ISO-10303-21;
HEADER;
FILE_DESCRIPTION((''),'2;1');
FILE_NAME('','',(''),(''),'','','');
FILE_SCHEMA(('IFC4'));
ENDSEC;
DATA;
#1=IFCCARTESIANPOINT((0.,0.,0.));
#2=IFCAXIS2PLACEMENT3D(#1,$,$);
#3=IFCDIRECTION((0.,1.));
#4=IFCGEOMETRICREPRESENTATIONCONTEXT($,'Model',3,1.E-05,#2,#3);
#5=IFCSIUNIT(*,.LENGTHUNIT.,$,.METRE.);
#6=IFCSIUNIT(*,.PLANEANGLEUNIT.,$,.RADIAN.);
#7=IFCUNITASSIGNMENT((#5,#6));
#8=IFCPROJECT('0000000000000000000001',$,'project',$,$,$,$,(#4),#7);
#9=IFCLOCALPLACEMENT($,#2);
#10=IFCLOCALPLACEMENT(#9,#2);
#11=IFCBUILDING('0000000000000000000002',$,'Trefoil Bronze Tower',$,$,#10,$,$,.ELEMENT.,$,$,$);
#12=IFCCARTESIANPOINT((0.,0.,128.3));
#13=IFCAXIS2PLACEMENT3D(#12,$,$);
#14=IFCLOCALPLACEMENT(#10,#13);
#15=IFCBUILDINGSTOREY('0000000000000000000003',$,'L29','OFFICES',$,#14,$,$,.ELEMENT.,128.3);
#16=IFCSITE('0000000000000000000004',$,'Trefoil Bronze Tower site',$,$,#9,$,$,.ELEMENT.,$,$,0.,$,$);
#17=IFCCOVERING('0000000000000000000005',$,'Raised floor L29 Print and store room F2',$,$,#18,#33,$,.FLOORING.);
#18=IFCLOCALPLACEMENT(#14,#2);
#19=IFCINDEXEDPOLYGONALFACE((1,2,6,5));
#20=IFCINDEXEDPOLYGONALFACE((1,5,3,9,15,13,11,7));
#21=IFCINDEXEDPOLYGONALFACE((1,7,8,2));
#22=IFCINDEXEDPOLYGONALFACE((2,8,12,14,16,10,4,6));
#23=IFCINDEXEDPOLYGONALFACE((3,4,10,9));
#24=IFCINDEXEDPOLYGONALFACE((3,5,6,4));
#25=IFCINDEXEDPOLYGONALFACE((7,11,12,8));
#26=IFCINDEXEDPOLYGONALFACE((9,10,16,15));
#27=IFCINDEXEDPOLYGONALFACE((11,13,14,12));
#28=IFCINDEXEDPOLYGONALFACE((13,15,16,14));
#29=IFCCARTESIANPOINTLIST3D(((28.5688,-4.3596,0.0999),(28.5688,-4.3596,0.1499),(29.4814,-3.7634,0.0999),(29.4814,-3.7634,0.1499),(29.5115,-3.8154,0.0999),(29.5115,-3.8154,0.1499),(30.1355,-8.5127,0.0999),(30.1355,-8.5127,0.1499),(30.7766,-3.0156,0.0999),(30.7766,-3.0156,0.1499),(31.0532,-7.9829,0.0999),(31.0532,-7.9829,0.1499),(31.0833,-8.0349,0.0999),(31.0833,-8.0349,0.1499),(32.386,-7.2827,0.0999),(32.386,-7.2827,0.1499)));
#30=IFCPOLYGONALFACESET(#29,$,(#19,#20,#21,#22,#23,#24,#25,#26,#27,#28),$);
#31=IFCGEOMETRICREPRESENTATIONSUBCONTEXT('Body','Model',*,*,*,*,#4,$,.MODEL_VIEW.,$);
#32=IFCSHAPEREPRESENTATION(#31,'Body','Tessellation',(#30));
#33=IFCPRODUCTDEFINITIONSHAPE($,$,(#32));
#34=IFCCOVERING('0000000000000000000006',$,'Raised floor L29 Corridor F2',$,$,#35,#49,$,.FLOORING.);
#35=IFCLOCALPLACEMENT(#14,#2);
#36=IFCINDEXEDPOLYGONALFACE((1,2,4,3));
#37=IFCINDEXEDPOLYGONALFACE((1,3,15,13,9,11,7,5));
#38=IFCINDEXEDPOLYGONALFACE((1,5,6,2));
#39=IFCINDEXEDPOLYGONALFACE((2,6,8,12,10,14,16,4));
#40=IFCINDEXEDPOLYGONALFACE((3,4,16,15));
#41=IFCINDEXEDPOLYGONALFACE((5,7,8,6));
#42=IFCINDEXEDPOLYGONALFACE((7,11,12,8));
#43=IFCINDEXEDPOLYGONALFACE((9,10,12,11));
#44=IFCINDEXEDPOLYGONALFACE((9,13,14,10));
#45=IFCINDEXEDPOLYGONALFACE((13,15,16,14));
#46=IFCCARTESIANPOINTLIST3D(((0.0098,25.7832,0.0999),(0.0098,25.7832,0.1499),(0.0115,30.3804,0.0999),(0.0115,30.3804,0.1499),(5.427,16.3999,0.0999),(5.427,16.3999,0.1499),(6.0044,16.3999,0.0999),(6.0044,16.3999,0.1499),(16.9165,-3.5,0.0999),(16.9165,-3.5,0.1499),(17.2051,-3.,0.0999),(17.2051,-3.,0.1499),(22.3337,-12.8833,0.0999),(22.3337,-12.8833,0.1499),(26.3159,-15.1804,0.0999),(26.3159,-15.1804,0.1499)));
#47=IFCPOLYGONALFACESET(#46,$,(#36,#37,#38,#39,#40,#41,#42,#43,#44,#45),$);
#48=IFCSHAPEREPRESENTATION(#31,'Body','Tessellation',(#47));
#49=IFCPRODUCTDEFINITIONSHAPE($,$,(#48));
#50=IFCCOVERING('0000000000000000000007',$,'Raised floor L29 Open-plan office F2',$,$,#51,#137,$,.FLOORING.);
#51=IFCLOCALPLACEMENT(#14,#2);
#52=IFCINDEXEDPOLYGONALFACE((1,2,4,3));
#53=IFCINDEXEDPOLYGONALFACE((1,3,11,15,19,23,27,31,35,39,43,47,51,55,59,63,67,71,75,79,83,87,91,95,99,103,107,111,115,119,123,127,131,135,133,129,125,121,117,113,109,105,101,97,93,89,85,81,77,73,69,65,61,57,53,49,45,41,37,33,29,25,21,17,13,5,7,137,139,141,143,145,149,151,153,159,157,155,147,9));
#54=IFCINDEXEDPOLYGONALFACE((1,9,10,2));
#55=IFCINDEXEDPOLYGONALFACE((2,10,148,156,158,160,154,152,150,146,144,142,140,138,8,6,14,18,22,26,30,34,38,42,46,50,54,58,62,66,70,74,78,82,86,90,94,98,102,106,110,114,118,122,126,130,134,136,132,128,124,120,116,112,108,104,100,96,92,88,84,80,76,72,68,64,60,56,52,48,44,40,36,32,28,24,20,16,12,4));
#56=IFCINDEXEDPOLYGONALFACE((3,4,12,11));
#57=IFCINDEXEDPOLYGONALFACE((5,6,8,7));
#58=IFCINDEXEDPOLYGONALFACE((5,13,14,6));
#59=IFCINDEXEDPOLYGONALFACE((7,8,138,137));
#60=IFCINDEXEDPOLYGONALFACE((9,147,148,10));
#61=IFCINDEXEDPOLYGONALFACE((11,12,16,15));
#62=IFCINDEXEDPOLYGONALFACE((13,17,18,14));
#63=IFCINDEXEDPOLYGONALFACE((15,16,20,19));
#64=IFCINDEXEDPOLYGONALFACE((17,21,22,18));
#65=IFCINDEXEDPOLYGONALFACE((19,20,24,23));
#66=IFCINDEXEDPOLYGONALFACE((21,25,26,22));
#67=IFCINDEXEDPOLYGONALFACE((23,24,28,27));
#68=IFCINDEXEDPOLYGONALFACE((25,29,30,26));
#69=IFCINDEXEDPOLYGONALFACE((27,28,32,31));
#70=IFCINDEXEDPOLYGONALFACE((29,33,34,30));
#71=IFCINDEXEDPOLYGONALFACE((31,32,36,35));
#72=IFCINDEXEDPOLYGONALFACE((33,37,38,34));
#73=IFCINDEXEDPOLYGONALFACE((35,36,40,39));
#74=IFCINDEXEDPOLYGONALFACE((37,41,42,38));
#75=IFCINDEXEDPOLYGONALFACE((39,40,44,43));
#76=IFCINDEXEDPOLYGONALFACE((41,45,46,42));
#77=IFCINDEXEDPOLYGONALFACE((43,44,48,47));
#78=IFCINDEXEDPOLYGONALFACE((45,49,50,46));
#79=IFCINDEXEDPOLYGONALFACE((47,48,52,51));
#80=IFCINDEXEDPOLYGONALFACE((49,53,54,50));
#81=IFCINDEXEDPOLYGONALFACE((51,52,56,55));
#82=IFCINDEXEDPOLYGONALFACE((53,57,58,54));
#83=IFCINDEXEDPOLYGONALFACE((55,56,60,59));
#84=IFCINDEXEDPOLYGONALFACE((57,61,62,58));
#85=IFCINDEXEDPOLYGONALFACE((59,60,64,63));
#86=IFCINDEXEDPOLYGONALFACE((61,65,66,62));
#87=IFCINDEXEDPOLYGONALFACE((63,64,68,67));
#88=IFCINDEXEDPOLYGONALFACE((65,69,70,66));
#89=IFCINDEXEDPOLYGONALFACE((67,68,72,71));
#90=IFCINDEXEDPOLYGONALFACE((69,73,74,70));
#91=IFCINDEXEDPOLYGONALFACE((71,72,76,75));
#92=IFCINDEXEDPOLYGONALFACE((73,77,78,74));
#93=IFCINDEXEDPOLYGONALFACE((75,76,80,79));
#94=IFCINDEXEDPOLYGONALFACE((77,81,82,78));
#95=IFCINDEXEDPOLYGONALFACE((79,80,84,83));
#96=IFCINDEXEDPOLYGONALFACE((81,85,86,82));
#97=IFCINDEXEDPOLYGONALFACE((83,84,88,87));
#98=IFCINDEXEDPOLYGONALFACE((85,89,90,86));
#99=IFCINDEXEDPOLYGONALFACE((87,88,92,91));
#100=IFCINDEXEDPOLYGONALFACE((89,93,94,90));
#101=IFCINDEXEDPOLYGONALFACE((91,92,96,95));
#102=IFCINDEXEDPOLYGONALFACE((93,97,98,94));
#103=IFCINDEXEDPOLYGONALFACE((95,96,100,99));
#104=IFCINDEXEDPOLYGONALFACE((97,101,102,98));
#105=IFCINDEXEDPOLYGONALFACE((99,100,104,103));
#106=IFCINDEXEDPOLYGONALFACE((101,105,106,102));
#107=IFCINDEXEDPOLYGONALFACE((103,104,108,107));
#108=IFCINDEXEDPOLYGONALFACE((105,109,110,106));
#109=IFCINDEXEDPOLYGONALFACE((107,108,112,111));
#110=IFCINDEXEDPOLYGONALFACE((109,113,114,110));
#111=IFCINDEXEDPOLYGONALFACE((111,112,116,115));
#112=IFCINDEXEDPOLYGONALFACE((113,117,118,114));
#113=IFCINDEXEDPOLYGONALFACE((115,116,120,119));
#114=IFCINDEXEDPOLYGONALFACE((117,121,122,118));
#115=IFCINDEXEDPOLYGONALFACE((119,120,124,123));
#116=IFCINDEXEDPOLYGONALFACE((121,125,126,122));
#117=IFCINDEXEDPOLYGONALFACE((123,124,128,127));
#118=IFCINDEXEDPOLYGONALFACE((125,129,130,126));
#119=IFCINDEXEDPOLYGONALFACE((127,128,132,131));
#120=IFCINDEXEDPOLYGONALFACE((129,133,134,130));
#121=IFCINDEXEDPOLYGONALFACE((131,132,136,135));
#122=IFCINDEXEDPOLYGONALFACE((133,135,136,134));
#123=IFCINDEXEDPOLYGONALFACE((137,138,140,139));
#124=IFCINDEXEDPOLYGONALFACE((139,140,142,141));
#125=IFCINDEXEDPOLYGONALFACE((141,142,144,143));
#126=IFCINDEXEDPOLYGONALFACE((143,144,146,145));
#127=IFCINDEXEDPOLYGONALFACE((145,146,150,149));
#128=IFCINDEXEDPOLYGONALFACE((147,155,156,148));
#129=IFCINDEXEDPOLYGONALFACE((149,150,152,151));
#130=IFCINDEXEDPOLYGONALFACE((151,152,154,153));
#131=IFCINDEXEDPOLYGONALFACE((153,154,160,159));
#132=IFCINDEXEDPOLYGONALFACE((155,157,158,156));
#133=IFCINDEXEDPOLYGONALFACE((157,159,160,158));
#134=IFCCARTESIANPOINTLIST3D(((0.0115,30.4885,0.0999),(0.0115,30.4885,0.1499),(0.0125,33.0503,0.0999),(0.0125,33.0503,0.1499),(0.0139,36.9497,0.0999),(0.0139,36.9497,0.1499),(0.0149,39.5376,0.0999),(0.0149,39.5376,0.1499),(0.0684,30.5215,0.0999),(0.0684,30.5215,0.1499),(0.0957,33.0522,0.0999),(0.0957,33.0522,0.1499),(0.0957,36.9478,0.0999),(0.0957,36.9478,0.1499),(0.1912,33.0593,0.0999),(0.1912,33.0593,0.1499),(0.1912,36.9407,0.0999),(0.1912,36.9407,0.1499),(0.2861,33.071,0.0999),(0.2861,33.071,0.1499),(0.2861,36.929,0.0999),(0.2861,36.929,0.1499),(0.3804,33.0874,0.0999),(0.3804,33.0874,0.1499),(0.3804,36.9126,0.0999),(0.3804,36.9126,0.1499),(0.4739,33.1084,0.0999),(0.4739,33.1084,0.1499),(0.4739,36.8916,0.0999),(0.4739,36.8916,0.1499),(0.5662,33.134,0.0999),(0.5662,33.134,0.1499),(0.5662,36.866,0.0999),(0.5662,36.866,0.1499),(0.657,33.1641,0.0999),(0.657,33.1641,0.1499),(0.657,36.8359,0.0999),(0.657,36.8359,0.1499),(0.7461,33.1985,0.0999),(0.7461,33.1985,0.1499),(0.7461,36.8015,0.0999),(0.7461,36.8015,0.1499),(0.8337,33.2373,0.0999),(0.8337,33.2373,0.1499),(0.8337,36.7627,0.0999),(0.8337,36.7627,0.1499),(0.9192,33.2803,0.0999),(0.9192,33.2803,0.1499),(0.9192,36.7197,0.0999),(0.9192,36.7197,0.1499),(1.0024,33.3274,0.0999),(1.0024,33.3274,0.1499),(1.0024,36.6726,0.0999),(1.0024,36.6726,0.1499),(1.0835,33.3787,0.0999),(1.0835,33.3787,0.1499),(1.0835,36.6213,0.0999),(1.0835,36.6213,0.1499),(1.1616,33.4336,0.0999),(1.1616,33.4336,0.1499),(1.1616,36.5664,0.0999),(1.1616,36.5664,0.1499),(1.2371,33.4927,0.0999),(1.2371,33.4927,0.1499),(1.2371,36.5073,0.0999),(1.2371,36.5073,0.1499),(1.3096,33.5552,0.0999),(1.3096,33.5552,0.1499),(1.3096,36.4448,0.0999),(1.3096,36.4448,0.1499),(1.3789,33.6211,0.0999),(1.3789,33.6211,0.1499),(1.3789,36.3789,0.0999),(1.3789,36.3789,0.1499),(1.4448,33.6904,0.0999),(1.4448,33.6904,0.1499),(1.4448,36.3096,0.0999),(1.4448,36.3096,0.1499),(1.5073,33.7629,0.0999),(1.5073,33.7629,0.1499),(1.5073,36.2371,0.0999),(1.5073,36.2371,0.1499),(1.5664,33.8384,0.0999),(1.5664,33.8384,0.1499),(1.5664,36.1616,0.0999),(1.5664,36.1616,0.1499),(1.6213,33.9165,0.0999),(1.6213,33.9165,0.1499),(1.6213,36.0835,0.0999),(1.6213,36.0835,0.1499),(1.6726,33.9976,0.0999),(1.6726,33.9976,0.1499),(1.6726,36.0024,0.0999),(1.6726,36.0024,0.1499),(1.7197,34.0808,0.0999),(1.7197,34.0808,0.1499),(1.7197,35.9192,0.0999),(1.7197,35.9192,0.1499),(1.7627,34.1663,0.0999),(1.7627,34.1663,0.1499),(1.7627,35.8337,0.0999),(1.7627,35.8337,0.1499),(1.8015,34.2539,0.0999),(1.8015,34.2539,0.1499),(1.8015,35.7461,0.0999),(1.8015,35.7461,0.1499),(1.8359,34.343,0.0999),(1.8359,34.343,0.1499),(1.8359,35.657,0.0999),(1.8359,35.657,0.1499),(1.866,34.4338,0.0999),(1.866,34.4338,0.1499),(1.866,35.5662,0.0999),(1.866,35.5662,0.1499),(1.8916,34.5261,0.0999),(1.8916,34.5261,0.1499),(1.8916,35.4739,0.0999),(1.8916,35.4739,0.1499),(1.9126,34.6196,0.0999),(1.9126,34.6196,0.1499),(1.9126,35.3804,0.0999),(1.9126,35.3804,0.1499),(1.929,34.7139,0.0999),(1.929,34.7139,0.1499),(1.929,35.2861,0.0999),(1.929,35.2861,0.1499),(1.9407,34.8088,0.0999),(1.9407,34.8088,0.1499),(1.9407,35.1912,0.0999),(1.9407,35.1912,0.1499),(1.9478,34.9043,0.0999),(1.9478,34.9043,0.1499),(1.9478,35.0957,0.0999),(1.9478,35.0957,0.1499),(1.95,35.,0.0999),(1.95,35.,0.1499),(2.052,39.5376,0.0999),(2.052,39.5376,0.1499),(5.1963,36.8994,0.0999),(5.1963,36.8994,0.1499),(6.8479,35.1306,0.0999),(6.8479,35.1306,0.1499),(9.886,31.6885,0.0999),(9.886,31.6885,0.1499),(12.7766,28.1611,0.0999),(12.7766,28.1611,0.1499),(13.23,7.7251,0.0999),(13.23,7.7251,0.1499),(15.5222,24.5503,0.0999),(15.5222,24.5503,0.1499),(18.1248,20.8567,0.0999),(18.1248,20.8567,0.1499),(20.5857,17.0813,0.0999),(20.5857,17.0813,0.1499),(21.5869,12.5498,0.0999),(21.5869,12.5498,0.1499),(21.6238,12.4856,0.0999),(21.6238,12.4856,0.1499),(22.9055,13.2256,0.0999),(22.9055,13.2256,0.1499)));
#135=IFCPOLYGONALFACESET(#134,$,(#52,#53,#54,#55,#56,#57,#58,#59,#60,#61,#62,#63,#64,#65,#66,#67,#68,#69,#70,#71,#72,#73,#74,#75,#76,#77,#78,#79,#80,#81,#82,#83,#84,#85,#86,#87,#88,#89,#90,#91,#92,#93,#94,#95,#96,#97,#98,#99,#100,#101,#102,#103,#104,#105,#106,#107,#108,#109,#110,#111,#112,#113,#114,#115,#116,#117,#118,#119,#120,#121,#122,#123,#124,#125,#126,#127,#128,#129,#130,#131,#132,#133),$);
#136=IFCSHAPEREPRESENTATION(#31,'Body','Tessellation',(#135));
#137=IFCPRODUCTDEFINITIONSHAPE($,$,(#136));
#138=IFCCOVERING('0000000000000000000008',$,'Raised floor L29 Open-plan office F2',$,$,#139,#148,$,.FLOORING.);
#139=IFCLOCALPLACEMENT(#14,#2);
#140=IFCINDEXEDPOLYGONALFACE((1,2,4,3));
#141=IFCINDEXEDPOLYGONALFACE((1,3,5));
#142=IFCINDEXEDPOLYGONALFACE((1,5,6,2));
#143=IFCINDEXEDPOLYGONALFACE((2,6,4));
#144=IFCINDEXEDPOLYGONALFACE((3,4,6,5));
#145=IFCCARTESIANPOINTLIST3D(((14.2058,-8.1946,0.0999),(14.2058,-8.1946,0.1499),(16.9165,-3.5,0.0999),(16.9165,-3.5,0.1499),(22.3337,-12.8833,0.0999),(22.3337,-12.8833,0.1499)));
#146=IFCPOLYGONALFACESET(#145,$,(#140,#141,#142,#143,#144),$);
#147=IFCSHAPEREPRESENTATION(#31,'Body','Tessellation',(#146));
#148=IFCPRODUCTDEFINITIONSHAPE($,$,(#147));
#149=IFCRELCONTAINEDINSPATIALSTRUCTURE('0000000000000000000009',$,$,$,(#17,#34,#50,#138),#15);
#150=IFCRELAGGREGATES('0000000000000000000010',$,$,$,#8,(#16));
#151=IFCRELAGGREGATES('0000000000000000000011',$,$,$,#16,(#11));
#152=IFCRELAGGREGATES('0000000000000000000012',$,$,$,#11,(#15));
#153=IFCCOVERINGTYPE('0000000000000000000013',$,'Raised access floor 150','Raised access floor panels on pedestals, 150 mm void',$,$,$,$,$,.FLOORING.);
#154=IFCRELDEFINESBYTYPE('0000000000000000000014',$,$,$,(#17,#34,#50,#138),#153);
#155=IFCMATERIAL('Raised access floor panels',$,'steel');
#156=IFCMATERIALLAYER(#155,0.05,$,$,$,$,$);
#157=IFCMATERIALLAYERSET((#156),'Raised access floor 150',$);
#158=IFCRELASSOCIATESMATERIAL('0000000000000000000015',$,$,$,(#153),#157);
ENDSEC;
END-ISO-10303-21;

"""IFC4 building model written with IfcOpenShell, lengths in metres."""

from ifc_helpers import new_model, si_unit, direction, frame, origin, place, context, subcontext, project, spatial, polyline, outline, extrude, material, layer, layer_set, type_object, element, save


model = new_model("IFC4")

# Units and contexts
model_context = context("Model", 3, precision=1e-05, world=origin(), true_north=direction((0.0, 1.0)))
body_context = subcontext(model_context, "Body", "Model", "MODEL_VIEW")
ifc_project = project(units=[si_unit("LENGTHUNIT", "METRE"), si_unit("PLANEANGLEUNIT", "RADIAN")], contexts=[model_context])

# Site, building, storey
site_placement = place(None, origin())
site = spatial("IfcSite", under=ifc_project, at=site_placement, Name="Trefoil Bronze Tower site", CompositionType="ELEMENT", RefElevation=0.0)
building_placement = place(site_placement, origin())
building = spatial("IfcBuilding", under=site, at=building_placement, Name="Trefoil Bronze Tower", CompositionType="ELEMENT")
storey_placement = place(building_placement, frame((0.0, 0.0, 128.3)))
storey = spatial("IfcBuildingStorey", under=building, at=storey_placement, Name="L29", Description="OFFICES", CompositionType="ELEMENT", Elevation=128.3)

# Coverings
ifc_material_1 = material(Name="Raised access floor panels", Category="steel")
ifc_layer_1 = layer(ifc_material_1, 0.05)
ifc_layer_set_1 = layer_set([ifc_layer_1], Name="Raised access floor 150")
covering_type_1 = type_object("IfcCoveringType", Name="Raised access floor 150", Description="Raised access floor panels on pedestals, 150 mm void", PredefinedType="FLOORING", material=ifc_layer_set_1)
covering_1_placement = place(storey_placement, frame((0.0, 0.0, 0.0999)))
element("IfcCovering", 1, at=covering_1_placement, inside=storey, type_object=covering_type_1, Name="Raised floor L29 Print and store room F2", PredefinedType="FLOORING", context=body_context, shape_type="SweptSolid", body=[
    extrude(outline(polyline([(30.7766, -3.0156), (32.386, -7.2827), (31.0833, -8.0349), (31.0532, -7.9829), (30.1355, -8.5127), (28.5688, -4.3596), (29.5115, -3.8154), (29.4814, -3.7634), (30.7766, -3.0156)])), origin(), (0.0, 0.0, 1.0), 0.05),
])
covering_2_placement = place(storey_placement, frame((0.0, 0.0, 0.0999)))
element("IfcCovering", 2, at=covering_2_placement, inside=storey, type_object=covering_type_1, Name="Raised floor L29 Corridor F2", PredefinedType="FLOORING", context=body_context, shape_type="SweptSolid", body=[
    extrude(outline(polyline([(26.3159, -15.1804), (22.3337, -12.8833), (16.9165, -3.5), (17.2051, -3.0), (6.0044, 16.3999), (5.427, 16.3999), (0.0098, 25.7832), (0.0115, 30.3804), (26.3159, -15.1804)])), origin(), (0.0, 0.0, 1.0), 0.05),
])
covering_3_placement = place(storey_placement, frame((0.0, 0.0, 0.0999)))
element("IfcCovering", 3, at=covering_3_placement, inside=storey, type_object=covering_type_1, Name="Raised floor L29 Open-plan office F2", PredefinedType="FLOORING", context=body_context, shape_type="SweptSolid", body=[
    extrude(outline(polyline([(15.5222, 24.5503), (18.1248, 20.8567), (20.5857, 17.0813), (22.9055, 13.2256), (21.6238, 12.4856), (21.5869, 12.5498), (13.23, 7.7251), (0.0684, 30.5215), (0.0115, 30.4885), (0.0125, 33.0503), (0.0957, 33.0522), (0.1912, 33.0593), (0.2861, 33.071), (0.3804, 33.0874), (0.4739, 33.1084), (0.5662, 33.134), (0.657, 33.1641), (0.7461, 33.1985), (0.8337, 33.2373), (0.9192, 33.2803), (1.0024, 33.3274), (1.0835, 33.3787), (1.1616, 33.4336), (1.2371, 33.4927), (1.3096, 33.5552), (1.3789, 33.6211), (1.4448, 33.6904), (1.5073, 33.7629), (1.5664, 33.8384), (1.6213, 33.9165), (1.6726, 33.9976), (1.7197, 34.0808), (1.7627, 34.1663), (1.8015, 34.2539), (1.8359, 34.343), (1.866, 34.4338), (1.8916, 34.5261), (1.9126, 34.6196), (1.929, 34.7139), (1.9407, 34.8088), (1.9478, 34.9043), (1.95, 35.0), (1.9478, 35.0957), (1.9407, 35.1912), (1.929, 35.2861), (1.9126, 35.3804), (1.8916, 35.4739), (1.866, 35.5662), (1.8359, 35.657), (1.8015, 35.7461), (1.7627, 35.8337), (1.7197, 35.9192), (1.6726, 36.0024), (1.6213, 36.0835), (1.5664, 36.1616), (1.5073, 36.2371), (1.4448, 36.3096), (1.3789, 36.3789), (1.3096, 36.4448), (1.2371, 36.5073), (1.1616, 36.5664), (1.0835, 36.6213), (1.0024, 36.6726), (0.9192, 36.7197), (0.8337, 36.7627), (0.7461, 36.8015), (0.657, 36.8359), (0.5662, 36.866), (0.4739, 36.8916), (0.3804, 36.9126), (0.2861, 36.929), (0.1912, 36.9407), (0.0957, 36.9478), (0.0139, 36.9497), (0.0149, 39.5376), (2.052, 39.5376), (5.1963, 36.8994), (6.8479, 35.1306), (9.886, 31.6885), (12.7766, 28.1611), (15.5222, 24.5503)])), origin(), (0.0, 0.0, 1.0), 0.05),
])
covering_4_placement = place(storey_placement, frame((0.0, 0.0, 0.0999)))
element("IfcCovering", 4, at=covering_4_placement, inside=storey, type_object=covering_type_1, Name="Raised floor L29 Open-plan office F2", PredefinedType="FLOORING", context=body_context, shape_type="SweptSolid", body=[
    extrude(outline(polyline([(14.2058, -8.1946), (16.9165, -3.5), (22.3337, -12.8833), (14.2058, -8.1946)])), origin(), (0.0, 0.0, 1.0), 0.05),
])

save(model, "model.ifc")
